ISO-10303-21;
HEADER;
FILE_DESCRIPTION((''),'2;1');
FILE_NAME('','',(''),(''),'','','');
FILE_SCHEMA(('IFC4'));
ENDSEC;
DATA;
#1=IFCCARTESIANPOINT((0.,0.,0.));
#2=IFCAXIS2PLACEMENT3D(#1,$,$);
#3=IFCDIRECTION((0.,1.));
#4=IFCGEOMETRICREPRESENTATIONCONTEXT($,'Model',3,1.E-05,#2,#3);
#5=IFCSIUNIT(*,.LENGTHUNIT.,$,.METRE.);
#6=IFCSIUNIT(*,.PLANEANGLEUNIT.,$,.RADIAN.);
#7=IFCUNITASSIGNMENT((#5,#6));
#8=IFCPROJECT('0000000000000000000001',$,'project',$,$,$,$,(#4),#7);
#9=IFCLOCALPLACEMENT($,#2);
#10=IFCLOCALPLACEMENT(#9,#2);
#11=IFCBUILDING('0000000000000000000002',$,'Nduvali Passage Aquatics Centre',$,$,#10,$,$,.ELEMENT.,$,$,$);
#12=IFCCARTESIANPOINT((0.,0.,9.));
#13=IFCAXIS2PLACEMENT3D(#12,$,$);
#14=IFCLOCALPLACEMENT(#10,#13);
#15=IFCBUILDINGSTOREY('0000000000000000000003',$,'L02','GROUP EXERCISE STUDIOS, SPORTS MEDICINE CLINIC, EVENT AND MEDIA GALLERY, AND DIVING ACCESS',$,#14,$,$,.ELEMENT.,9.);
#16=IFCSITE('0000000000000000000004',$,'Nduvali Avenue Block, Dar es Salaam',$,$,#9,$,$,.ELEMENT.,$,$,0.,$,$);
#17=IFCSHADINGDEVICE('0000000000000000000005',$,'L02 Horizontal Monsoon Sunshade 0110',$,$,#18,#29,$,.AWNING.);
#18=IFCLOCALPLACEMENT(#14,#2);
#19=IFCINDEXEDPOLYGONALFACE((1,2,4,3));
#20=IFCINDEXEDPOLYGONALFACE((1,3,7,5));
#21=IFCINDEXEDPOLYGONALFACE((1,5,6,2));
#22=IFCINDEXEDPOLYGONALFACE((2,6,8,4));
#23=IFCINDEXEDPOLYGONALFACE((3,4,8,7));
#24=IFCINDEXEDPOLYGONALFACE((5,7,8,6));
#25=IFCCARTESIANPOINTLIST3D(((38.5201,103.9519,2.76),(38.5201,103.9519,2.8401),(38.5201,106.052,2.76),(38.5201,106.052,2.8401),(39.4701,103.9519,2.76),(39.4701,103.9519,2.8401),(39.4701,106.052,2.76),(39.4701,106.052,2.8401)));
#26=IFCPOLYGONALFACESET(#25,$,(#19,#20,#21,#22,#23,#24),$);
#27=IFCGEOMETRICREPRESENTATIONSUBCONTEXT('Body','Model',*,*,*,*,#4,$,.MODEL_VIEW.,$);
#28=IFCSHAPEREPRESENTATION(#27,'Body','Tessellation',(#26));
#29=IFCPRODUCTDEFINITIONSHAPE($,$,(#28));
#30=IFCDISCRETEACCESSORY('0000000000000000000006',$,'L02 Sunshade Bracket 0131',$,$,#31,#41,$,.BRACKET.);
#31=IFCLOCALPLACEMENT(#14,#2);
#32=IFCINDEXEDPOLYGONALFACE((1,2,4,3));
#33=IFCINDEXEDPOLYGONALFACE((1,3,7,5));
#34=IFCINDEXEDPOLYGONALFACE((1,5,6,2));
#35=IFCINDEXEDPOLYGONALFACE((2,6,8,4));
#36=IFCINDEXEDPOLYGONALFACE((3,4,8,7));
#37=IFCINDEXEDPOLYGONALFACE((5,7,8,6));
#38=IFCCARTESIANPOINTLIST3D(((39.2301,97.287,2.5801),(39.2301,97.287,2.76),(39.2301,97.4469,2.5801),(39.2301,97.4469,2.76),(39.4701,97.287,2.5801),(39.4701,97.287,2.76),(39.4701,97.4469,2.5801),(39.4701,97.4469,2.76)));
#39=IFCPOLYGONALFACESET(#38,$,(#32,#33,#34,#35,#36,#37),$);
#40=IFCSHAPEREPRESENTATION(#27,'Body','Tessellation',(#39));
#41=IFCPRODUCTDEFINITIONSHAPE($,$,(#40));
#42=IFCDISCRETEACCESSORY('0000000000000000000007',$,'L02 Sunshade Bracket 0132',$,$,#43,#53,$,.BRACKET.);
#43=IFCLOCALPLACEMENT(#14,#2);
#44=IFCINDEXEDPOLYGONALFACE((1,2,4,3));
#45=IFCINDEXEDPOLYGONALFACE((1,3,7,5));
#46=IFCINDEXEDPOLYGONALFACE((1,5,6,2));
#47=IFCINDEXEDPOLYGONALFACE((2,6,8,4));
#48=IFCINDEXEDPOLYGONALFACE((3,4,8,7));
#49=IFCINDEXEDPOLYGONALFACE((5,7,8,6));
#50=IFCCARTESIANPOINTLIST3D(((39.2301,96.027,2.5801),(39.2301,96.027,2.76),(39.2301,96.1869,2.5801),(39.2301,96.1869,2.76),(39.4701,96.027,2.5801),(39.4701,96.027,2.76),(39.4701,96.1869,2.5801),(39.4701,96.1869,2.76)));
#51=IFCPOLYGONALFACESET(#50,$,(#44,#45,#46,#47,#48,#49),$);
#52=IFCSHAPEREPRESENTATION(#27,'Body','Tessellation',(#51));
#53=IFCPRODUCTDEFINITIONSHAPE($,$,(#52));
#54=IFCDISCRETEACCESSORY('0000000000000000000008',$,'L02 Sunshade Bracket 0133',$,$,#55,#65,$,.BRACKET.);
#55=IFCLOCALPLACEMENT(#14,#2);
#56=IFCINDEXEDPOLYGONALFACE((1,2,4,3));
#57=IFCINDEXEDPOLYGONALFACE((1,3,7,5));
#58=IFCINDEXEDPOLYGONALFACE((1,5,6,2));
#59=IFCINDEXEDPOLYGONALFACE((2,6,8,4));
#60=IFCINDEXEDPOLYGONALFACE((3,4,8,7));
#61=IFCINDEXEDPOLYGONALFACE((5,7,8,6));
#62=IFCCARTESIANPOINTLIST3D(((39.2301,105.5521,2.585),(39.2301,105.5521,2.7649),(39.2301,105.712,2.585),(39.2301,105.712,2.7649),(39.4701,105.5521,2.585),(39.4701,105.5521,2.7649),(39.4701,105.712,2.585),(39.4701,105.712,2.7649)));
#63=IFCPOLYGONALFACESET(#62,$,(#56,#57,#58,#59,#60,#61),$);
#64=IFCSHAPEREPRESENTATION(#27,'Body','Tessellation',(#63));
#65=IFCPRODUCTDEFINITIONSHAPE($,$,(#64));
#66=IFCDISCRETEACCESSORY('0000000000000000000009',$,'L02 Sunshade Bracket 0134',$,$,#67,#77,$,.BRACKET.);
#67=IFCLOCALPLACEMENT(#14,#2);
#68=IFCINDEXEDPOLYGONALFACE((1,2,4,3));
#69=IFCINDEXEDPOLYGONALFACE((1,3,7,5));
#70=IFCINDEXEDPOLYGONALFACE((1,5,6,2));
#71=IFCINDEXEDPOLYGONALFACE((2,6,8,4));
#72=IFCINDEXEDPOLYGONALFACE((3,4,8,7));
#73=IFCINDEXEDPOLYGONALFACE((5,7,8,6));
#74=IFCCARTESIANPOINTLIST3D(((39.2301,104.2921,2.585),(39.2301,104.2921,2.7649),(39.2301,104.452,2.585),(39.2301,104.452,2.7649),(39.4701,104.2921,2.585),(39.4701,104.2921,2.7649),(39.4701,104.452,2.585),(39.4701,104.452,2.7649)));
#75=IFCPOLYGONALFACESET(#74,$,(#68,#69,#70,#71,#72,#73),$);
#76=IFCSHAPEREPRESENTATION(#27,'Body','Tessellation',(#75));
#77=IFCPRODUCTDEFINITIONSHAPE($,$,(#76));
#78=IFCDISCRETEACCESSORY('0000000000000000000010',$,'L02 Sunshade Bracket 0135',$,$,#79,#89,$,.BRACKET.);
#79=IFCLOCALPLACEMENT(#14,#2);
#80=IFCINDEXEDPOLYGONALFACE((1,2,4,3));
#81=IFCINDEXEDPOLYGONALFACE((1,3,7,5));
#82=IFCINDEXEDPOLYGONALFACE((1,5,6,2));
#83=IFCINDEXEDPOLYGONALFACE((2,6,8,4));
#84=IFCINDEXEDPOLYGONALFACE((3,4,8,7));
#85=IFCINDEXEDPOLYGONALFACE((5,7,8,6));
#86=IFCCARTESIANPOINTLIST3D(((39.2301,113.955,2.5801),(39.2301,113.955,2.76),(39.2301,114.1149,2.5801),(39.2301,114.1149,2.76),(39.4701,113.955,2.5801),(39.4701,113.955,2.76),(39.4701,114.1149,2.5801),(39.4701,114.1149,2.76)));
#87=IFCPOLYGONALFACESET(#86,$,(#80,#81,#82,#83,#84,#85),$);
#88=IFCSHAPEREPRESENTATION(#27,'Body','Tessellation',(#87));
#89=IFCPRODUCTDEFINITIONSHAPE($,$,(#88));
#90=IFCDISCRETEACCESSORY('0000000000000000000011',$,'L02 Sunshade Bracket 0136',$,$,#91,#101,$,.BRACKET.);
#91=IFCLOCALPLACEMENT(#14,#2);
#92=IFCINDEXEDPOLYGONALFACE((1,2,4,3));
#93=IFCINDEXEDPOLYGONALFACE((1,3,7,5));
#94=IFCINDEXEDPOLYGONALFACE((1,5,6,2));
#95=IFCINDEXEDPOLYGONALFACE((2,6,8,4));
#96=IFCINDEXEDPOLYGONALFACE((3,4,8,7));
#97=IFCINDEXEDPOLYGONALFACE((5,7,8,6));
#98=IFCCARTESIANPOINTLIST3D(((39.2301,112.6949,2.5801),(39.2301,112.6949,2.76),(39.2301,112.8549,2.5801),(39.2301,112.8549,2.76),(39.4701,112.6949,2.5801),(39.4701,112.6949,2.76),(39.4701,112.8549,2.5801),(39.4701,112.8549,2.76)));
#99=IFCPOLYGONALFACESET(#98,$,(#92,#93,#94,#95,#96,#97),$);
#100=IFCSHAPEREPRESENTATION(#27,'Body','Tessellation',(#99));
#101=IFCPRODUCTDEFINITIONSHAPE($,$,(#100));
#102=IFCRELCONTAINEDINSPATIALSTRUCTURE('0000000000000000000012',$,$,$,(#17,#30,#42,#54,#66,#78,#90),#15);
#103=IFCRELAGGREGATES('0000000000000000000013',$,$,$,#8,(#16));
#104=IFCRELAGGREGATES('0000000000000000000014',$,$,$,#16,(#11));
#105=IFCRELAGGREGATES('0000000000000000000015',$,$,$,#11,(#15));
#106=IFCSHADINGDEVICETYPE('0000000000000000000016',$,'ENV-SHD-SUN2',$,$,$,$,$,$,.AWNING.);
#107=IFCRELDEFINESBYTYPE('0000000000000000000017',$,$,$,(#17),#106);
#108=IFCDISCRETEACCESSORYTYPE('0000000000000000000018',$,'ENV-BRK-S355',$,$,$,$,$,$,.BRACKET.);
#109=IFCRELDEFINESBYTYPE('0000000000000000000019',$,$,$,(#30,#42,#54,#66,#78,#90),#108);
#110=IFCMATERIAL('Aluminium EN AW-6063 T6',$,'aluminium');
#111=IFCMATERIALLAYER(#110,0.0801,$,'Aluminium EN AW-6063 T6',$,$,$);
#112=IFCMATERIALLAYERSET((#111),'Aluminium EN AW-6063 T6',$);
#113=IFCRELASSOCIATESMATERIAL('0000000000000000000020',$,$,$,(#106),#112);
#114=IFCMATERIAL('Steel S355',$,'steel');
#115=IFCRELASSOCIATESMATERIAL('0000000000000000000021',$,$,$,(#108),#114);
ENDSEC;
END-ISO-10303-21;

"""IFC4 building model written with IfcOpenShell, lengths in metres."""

from ifc_helpers import new_model, si_unit, direction, frame, origin, origin_2d, place, context, subcontext, project, spatial, rectangle, extrude, material, layer, layer_set, type_object, element, save


model = new_model("IFC4")

# Units and contexts
model_context = context("Model", 3, precision=1e-05, world=origin(), true_north=direction((0.0, 1.0)))
body_context = subcontext(model_context, "Body", "Model", "MODEL_VIEW")
ifc_project = project(units=[si_unit("LENGTHUNIT", "METRE"), si_unit("PLANEANGLEUNIT", "RADIAN")], contexts=[model_context])

# Site, building, storey
site_placement = place(None, origin())
site = spatial("IfcSite", under=ifc_project, at=site_placement, Name="Nduvali Avenue Block, Dar es Salaam", CompositionType="ELEMENT", RefElevation=0.0)
building_placement = place(site_placement, origin())
building = spatial("IfcBuilding", under=site, at=building_placement, Name="Nduvali Passage Aquatics Centre", CompositionType="ELEMENT")
storey_placement = place(building_placement, frame((0.0, 0.0, 9.0)))
storey = spatial("IfcBuildingStorey", under=building, at=storey_placement, Name="L02", Description="GROUP EXERCISE STUDIOS, SPORTS MEDICINE CLINIC, EVENT AND MEDIA GALLERY, AND DIVING ACCESS", CompositionType="ELEMENT", Elevation=9.0)

# Shared definitions
ifc_material_1 = material(Name="Steel S355", Category="steel")

# Shared definitions
ifc_material_2 = material(Name="Aluminium EN AW-6063 T6", Category="aluminium")

# Shading device
ifc_layer_1 = layer(ifc_material_2, 0.0801, Name="Aluminium EN AW-6063 T6")
ifc_layer_set_1 = layer_set([ifc_layer_1], Name="Aluminium EN AW-6063 T6")
shading_device_type_1 = type_object("IfcShadingDeviceType", Name="ENV-SHD-SUN2", PredefinedType="AWNING", material=ifc_layer_set_1)
shading_device_placement = place(storey_placement, frame((38.9951, 105.002, 2.76), z_axis=(0.0, 0.0, 1.0), x_axis=(0.0, -1.0, 0.0)))
element("IfcShadingDevice", 1, at=shading_device_placement, inside=storey, type_object=shading_device_type_1, Name="L02 Horizontal Monsoon Sunshade 0110", PredefinedType="AWNING", context=body_context, shape_type="SweptSolid", body=[
    extrude(rectangle(XDim=2.1001, YDim=0.95, at=origin_2d()), origin(), (0.0, 0.0, 1.0), 0.0801),
])

# Discrete accessories
discrete_accessory_type = type_object("IfcDiscreteAccessoryType", Name="ENV-BRK-S355", PredefinedType="BRACKET", material=ifc_material_1)
for number, where, z_axis, x_axis, name in (
    (2, (39.3501, 97.3669, 2.5801), (0.0, 0.0, 1.0), (0.0, -1.0, 0.0), "L02 Sunshade Bracket 0131"),
    (3, (39.3501, 96.1069, 2.5801), (0.0, 0.0, 1.0), (0.0, -1.0, 0.0), "L02 Sunshade Bracket 0132"),
    (4, (39.3501, 105.6321, 2.585), (0.0, 0.0, 1.0), (0.0, -1.0, 0.0), "L02 Sunshade Bracket 0133"),
    (5, (39.3501, 104.3721, 2.585), (0.0, 0.0, 1.0), (0.0, -1.0, 0.0), "L02 Sunshade Bracket 0134"),
    (6, (39.3501, 114.0349, 2.5801), (0.0, 0.0, 1.0), (0.0, -1.0, 0.0), "L02 Sunshade Bracket 0135"),
    (7, (39.3501, 112.7749, 2.5801), (0.0, 0.0, 1.0), (0.0, -1.0, 0.0), "L02 Sunshade Bracket 0136"),
):
    element("IfcDiscreteAccessory", number, at=place(storey_placement, frame(where, z_axis=z_axis, x_axis=x_axis)), inside=storey, type_object=discrete_accessory_type, Name=name, PredefinedType="BRACKET", context=body_context, shape_type="SweptSolid", body=[
        extrude(rectangle(XDim=0.1599, YDim=0.24, at=origin_2d()), origin(), (0.0, 0.0, 1.0), 0.1799),
    ])

save(model, "model.ifc")
